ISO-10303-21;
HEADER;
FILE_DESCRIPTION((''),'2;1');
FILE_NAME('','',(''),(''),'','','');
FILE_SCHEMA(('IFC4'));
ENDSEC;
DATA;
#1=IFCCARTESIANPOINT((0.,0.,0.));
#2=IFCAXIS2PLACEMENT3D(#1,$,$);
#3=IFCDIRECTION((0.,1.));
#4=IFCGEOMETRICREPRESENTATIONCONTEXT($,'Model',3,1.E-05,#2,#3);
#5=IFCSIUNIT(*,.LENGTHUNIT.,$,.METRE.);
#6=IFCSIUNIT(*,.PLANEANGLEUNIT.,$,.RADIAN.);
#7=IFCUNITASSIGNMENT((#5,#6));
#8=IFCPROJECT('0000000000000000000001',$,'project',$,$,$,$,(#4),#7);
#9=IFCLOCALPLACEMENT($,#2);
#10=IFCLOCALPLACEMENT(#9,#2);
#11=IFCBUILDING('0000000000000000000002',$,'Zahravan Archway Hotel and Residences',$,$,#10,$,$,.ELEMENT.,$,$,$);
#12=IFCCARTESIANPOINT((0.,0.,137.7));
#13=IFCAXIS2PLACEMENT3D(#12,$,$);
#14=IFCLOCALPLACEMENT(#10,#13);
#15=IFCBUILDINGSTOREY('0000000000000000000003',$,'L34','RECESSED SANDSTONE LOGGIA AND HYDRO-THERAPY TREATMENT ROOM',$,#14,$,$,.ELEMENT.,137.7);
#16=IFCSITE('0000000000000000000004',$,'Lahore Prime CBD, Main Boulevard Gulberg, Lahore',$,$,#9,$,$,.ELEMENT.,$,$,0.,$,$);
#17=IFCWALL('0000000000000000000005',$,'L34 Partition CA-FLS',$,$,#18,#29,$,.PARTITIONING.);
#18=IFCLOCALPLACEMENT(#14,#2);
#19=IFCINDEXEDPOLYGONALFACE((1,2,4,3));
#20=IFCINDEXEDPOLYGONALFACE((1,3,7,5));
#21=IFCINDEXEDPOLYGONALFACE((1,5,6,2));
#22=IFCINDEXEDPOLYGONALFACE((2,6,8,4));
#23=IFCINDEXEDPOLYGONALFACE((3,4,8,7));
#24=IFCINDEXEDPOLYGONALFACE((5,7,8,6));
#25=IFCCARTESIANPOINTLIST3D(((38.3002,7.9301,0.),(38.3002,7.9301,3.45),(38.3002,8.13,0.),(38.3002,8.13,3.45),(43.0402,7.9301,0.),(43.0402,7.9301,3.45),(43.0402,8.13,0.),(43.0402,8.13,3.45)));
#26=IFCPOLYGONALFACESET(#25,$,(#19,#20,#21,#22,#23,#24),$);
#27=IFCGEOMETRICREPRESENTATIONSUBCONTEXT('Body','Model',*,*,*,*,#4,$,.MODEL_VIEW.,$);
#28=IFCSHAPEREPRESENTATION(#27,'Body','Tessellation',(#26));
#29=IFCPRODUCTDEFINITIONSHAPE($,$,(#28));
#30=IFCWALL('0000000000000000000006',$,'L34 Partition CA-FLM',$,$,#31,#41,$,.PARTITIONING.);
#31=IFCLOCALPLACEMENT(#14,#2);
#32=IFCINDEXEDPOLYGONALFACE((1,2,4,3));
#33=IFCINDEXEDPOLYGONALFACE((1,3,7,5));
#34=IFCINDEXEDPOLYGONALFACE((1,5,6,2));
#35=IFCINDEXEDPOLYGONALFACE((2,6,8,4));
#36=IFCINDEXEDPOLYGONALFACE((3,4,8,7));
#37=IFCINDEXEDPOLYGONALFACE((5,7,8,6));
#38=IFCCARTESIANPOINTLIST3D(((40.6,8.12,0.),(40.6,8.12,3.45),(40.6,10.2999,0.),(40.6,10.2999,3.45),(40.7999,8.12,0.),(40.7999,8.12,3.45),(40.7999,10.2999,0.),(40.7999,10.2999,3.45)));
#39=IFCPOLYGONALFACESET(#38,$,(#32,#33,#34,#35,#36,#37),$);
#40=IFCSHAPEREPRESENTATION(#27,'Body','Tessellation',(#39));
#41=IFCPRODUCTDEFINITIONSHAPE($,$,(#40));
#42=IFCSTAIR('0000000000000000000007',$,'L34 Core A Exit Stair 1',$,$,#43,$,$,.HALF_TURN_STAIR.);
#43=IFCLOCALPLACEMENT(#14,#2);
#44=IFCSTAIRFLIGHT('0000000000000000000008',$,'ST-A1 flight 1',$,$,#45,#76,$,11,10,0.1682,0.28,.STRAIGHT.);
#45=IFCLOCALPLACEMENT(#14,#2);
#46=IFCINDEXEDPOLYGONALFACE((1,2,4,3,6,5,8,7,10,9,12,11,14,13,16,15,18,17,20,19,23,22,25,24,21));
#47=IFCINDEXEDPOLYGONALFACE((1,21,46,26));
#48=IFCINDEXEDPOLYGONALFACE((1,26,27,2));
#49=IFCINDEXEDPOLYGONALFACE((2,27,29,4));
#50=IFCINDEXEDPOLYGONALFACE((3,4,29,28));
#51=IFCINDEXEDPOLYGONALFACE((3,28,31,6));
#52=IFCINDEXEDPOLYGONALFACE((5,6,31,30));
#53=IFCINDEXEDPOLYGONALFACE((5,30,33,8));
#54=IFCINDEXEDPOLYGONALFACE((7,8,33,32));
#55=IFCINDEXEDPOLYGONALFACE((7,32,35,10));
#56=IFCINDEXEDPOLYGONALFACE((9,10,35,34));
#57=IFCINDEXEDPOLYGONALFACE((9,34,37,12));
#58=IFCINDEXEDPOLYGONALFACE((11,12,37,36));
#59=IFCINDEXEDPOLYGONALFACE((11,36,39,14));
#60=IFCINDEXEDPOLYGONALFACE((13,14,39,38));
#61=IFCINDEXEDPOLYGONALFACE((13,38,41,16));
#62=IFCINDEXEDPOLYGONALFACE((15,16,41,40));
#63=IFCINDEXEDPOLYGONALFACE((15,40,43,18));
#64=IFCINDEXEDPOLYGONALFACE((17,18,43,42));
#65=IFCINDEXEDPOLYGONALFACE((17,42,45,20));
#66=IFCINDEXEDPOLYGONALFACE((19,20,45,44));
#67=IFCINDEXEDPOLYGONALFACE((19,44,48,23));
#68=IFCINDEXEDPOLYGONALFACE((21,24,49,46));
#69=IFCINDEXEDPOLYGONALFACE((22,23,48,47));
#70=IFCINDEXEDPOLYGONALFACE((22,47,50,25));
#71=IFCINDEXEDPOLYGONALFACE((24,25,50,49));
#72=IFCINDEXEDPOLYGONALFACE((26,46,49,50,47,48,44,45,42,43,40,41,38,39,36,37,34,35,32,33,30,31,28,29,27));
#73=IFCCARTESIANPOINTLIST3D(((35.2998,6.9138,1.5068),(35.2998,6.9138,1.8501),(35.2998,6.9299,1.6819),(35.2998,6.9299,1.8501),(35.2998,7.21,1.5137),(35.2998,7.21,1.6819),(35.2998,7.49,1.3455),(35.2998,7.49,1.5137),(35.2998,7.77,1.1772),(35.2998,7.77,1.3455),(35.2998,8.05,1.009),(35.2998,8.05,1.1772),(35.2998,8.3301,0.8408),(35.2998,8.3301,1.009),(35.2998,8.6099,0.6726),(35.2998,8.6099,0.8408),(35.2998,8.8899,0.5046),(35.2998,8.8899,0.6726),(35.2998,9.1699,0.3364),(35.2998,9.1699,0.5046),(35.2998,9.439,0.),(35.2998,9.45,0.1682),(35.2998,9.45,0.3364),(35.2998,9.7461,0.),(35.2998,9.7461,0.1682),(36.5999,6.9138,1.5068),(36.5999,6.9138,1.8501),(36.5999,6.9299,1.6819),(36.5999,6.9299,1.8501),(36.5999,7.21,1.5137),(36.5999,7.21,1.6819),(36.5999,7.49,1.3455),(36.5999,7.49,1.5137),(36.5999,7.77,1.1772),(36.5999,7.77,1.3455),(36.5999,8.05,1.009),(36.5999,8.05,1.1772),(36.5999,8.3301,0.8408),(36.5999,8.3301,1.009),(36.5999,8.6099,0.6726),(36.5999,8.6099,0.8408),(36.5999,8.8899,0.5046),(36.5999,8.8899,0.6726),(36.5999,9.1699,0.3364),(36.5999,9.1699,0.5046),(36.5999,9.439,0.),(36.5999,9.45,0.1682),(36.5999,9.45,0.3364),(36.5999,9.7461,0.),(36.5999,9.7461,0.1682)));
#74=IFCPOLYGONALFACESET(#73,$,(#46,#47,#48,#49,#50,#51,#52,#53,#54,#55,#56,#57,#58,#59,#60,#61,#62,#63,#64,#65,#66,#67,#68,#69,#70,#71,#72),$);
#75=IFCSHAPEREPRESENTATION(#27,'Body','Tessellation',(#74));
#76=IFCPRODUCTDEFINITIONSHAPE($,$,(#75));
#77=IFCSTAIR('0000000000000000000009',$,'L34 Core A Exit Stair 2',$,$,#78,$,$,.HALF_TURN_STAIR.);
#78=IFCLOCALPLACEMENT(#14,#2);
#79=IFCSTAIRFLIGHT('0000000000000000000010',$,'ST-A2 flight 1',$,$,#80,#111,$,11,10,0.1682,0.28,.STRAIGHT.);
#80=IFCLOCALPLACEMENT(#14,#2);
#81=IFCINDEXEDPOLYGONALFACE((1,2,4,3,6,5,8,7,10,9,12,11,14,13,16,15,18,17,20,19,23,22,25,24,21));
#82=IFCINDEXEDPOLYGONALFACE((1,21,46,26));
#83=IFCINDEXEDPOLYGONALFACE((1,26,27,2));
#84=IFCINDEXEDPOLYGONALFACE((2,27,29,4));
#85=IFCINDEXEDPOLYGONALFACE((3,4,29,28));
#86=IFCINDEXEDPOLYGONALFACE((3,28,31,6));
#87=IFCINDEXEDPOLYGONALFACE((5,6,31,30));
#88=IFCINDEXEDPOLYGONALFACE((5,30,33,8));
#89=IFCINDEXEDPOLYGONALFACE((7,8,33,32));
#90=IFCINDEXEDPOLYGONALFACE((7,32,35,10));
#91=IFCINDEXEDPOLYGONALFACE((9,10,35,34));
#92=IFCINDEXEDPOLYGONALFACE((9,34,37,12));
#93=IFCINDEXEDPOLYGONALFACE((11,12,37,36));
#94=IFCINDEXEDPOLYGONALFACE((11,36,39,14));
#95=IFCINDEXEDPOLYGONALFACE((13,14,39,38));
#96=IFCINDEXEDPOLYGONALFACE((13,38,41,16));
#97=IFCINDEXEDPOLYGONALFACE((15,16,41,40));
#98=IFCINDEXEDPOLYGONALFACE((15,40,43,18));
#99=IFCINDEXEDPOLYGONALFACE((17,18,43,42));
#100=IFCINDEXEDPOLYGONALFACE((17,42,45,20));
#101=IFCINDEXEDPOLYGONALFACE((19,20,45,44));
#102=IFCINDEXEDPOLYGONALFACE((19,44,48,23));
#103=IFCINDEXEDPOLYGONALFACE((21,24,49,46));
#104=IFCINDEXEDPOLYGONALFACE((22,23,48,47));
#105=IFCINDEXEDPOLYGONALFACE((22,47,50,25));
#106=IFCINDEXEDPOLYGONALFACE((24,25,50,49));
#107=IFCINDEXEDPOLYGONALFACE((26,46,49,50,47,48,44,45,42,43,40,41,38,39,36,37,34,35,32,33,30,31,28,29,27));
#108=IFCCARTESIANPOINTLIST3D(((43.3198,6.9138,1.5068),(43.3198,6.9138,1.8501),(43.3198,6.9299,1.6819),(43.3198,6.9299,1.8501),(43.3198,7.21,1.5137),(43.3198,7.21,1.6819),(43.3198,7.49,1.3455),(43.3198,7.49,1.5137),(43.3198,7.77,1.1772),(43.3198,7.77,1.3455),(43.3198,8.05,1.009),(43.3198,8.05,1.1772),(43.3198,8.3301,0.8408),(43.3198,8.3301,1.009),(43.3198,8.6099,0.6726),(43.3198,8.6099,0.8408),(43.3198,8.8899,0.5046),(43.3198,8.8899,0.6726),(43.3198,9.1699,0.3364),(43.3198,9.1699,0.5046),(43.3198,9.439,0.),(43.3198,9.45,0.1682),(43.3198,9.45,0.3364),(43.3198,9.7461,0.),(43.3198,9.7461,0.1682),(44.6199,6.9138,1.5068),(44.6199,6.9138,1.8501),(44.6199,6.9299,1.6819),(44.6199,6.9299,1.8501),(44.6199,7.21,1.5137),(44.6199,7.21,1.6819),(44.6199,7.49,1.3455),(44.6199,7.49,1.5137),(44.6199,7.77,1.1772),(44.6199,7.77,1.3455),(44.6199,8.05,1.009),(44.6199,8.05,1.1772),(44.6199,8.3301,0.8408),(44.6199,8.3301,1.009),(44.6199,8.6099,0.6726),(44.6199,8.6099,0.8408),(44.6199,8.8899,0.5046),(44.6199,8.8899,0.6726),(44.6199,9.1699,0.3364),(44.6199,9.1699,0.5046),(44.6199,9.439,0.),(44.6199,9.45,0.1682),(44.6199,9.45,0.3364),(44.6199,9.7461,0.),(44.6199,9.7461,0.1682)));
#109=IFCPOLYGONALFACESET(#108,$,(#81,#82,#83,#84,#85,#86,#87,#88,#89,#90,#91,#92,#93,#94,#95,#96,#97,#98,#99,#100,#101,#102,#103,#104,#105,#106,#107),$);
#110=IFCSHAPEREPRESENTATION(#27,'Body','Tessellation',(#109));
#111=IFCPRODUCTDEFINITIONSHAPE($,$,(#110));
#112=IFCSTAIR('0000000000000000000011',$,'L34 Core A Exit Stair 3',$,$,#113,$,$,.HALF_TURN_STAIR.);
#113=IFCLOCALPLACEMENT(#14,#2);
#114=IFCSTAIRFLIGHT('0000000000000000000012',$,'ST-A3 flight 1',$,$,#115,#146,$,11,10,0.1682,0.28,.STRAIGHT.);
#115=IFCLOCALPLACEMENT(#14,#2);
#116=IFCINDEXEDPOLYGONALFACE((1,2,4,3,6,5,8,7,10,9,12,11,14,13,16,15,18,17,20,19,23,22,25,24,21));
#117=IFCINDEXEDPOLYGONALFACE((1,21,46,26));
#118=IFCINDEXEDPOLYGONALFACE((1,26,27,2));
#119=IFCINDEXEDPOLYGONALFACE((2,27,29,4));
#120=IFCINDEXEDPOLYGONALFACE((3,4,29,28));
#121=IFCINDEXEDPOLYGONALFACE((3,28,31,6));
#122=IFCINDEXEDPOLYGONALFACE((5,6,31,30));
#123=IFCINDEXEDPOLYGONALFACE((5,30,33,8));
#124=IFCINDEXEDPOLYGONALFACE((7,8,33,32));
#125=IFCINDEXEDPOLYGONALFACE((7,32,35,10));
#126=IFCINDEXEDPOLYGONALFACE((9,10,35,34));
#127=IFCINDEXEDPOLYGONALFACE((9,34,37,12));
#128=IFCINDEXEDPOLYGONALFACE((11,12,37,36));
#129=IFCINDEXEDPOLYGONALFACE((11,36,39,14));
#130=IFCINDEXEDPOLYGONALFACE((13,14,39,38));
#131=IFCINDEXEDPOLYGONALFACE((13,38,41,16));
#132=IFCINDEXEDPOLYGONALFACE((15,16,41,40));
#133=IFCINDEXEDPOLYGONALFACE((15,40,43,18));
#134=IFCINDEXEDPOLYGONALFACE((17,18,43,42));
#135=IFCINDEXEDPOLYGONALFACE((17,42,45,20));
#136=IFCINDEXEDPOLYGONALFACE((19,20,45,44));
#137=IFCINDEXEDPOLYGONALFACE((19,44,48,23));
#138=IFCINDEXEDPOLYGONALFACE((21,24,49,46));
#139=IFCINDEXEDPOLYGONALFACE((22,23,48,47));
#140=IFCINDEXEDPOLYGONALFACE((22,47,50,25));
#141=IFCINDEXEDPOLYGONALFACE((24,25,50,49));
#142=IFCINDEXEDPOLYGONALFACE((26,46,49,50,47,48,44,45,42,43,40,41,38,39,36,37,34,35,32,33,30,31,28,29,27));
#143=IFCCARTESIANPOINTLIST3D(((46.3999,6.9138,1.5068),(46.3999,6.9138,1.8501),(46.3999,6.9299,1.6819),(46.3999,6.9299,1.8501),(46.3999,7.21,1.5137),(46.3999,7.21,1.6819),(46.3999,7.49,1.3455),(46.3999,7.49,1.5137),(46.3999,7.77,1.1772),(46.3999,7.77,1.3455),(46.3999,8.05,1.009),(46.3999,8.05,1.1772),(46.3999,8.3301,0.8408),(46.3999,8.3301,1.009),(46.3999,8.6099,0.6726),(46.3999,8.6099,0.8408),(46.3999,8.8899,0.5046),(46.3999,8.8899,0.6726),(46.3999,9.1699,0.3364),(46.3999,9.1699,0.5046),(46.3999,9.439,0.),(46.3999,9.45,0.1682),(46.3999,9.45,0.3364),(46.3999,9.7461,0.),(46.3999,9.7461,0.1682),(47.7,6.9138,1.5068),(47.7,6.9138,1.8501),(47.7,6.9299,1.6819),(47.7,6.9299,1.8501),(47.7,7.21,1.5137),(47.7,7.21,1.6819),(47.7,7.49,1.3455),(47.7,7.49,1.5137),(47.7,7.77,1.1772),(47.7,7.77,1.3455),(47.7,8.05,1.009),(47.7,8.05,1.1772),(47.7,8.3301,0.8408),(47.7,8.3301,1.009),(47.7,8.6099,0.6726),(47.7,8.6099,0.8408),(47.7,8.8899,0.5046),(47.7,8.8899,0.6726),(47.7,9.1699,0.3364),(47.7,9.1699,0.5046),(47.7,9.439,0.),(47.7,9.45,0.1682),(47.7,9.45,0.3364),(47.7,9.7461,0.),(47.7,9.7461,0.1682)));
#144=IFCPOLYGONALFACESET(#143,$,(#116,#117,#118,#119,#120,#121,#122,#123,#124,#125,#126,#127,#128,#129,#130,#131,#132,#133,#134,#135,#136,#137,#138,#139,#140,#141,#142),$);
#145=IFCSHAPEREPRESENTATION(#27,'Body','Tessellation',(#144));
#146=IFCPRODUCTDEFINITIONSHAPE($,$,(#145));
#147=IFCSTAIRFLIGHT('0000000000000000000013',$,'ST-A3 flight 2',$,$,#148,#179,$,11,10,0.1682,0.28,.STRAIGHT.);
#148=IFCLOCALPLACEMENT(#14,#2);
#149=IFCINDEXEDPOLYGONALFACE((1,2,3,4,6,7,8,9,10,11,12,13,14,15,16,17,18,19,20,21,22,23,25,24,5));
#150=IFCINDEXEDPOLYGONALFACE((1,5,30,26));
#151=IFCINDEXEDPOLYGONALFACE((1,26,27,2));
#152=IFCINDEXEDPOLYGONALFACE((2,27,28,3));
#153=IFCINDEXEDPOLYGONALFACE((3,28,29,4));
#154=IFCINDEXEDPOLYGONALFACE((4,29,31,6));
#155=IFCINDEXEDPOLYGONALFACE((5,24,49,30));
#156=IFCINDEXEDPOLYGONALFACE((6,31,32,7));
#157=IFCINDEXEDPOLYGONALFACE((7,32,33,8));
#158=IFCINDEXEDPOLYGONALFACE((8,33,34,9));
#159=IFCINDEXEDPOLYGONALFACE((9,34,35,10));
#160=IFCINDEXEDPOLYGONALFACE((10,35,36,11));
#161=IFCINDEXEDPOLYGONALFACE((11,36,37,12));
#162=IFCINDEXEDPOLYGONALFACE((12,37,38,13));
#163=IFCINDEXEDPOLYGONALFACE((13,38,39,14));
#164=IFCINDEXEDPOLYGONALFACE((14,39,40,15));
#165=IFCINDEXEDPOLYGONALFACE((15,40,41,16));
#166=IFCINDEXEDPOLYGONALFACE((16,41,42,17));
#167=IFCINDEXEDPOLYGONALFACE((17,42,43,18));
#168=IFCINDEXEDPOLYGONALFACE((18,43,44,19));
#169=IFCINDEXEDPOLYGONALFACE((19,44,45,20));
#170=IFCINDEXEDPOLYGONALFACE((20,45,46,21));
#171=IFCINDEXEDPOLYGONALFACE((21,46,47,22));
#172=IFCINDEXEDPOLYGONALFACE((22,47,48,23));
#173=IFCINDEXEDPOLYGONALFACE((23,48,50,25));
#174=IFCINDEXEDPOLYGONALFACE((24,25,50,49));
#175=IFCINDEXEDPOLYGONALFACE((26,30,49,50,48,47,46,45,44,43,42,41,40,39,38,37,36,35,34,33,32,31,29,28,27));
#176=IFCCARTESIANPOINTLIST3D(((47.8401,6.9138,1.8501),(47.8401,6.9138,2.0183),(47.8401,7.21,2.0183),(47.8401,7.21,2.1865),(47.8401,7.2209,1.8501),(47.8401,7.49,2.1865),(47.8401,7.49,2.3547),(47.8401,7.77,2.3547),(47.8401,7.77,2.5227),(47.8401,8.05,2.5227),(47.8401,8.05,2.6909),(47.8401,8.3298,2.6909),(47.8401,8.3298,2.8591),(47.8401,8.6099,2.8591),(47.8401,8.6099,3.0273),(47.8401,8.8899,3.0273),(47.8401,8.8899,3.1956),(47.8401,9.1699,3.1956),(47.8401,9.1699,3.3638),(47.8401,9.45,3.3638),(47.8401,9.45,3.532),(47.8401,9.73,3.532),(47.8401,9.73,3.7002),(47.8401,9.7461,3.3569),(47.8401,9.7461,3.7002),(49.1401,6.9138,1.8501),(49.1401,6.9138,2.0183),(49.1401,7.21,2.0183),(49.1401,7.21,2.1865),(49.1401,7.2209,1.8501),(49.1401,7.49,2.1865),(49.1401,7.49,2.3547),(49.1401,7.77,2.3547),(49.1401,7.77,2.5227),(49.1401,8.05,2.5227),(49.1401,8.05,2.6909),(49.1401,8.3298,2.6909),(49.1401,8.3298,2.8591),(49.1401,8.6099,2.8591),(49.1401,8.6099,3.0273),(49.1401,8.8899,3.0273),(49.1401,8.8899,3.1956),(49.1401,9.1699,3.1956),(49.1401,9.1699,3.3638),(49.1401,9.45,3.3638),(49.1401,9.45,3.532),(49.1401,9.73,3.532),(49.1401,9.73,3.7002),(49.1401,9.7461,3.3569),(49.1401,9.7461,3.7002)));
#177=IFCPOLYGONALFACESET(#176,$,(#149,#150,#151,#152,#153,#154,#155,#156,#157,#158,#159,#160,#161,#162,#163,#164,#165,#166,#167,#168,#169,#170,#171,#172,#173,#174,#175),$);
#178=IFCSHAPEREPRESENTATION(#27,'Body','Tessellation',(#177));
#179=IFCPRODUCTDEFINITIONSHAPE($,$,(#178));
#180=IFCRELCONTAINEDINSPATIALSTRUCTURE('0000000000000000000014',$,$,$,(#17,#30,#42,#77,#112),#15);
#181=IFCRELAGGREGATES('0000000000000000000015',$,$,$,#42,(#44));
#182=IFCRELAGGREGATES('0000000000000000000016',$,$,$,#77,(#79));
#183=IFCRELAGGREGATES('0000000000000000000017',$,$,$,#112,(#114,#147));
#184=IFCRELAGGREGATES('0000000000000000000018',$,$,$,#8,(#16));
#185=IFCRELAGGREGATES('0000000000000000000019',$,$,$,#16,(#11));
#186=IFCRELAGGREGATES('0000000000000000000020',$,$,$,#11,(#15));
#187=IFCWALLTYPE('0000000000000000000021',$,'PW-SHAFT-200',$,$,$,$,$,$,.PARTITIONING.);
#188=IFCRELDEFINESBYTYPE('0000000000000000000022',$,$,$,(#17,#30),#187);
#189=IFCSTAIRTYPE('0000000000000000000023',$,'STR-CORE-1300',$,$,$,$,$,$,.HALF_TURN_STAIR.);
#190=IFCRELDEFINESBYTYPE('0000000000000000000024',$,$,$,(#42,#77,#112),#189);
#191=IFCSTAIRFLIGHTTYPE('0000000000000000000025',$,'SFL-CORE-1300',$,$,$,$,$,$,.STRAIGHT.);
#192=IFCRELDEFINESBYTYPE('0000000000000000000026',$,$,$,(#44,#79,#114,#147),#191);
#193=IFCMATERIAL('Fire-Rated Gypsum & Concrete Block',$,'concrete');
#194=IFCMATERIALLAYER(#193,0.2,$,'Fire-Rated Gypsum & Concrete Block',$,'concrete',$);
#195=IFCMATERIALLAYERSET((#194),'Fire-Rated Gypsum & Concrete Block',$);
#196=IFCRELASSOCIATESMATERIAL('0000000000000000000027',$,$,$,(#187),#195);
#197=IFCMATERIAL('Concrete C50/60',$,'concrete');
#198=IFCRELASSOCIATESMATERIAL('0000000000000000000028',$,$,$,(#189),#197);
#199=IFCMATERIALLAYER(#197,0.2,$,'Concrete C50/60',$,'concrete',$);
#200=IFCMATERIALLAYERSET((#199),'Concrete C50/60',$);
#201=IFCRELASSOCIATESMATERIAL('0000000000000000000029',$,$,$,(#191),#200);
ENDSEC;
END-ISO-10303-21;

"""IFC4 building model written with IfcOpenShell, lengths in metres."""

from ifc_helpers import new_model, si_unit, direction, frame, frame_2d, origin, place, context, subcontext, project, spatial, polyline, rectangle, outline, extrude, source, transform, mapped, material, layer, layer_set, type_object, element, aggregate, save


model = new_model("IFC4")

# Units and contexts
model_context = context("Model", 3, precision=1e-05, world=origin(), true_north=direction((0.0, 1.0)))
body_context = subcontext(model_context, "Body", "Model", "MODEL_VIEW")
ifc_project = project(units=[si_unit("LENGTHUNIT", "METRE"), si_unit("PLANEANGLEUNIT", "RADIAN")], contexts=[model_context])

# Site, building, storey
site_placement = place(None, origin())
site = spatial("IfcSite", under=ifc_project, at=site_placement, Name="Lahore Prime CBD, Main Boulevard Gulberg, Lahore", CompositionType="ELEMENT", RefElevation=0.0)
building_placement = place(site_placement, origin())
building = spatial("IfcBuilding", under=site, at=building_placement, Name="Zahravan Archway Hotel and Residences", CompositionType="ELEMENT")
storey_placement = place(building_placement, frame((0.0, 0.0, 137.7)))
storey = spatial("IfcBuildingStorey", under=building, at=storey_placement, Name="L34", Description="RECESSED SANDSTONE LOGGIA AND HYDRO-THERAPY TREATMENT ROOM", CompositionType="ELEMENT", Elevation=137.7)

# Walls
ifc_material_1 = material(Name="Fire-Rated Gypsum & Concrete Block", Category="concrete")
ifc_layer_1 = layer(ifc_material_1, 0.2, Name="Fire-Rated Gypsum & Concrete Block", Category="concrete")
ifc_layer_set_1 = layer_set([ifc_layer_1], Name="Fire-Rated Gypsum & Concrete Block")
wall_type = type_object("IfcWallType", Name="PW-SHAFT-200", PredefinedType="PARTITIONING", material=ifc_layer_set_1)
wall_1_placement = place(storey_placement, frame((38.3, 8.03, 0.0), z_axis=(0.0, 0.0, 1.0), x_axis=(1.0, 0.0, 0.0)))
element("IfcWall", 1, at=wall_1_placement, inside=storey, type_object=wall_type, Name="L34 Partition CA-FLS", PredefinedType="PARTITIONING", context=body_context, shape_type="SweptSolid", body=[
    extrude(rectangle(XDim=4.74, YDim=0.2, at=frame_2d((2.3701, 0.0))), origin(), (0.0, 0.0, 1.0), 3.45),
])
wall_2_placement = place(storey_placement, frame((40.7, 8.1201, 0.0), z_axis=(0.0, 0.0, 1.0), x_axis=(0.0, 1.0, 0.0)))
element("IfcWall", 2, at=wall_2_placement, inside=storey, type_object=wall_type, Name="L34 Partition CA-FLM", PredefinedType="PARTITIONING", context=body_context, shape_type="SweptSolid", body=[
    extrude(rectangle(XDim=2.1799, YDim=0.2, at=frame_2d((1.0898, 0.0))), origin(), (0.0, 0.0, 1.0), 3.45),
])

# Stairs, stair flights
ifc_material_2 = material(Name="Concrete C50/60", Category="concrete")
stair_type = type_object("IfcStairType", Name="STR-CORE-1300", PredefinedType="HALF_TURN_STAIR", material=ifc_material_2)
stair_1_placement = place(storey_placement, origin())
stair_1 = element("IfcStair", 3, at=stair_1_placement, inside=storey, type_object=stair_type, Name="L34 Core A Exit Stair 1", PredefinedType="HALF_TURN_STAIR")
ifc_layer_2 = layer(ifc_material_2, 0.2, Name="Concrete C50/60", Category="concrete")
ifc_layer_set_2 = layer_set([ifc_layer_2], Name="Concrete C50/60")
stair_flight_type = type_object("IfcStairFlightType", Name="SFL-CORE-1300", PredefinedType="STRAIGHT", material=ifc_layer_set_2)
shared_shape = source(origin(), body_context, "Body", "SweptSolid", [
    extrude(outline(polyline([(-0.0161, 0.0), (-0.0161, 0.1682), (0.28, 0.1682), (0.28, 0.3364), (0.5601, 0.3364), (0.5601, 0.5046), (0.8401, 0.5046), (0.8401, 0.6726), (1.1201, 0.6726), (1.1201, 0.8408), (1.3999, 0.8408), (1.3999, 1.009), (1.6799, 1.009), (1.6799, 1.1772), (1.96, 1.1772), (1.96, 1.3455), (2.24, 1.3455), (2.24, 1.5137), (2.52, 1.5137), (2.52, 1.6819), (2.8, 1.6819), (2.8, 1.8501), (2.8162, 1.8501), (2.8162, 1.5068), (0.291, 0.0), (-0.0161, 0.0)])), frame((0.0, 0.6499, 0.0), z_axis=(0.0, -1.0, 0.0), x_axis=(1.0, 0.0, 0.0)), (0.0, 0.0, 1.0), 1.3),
])
stair_flight_1_placement = place(storey_placement, frame((35.95, 9.73, 0.0), z_axis=(0.0, 0.0, 1.0), x_axis=(0.0, -1.0, 0.0)))
stair_flight_1 = element("IfcStairFlight", 4, at=stair_flight_1_placement, type_object=stair_flight_type, Name="ST-A1 flight 1", NumberOfRisers=11, NumberOfTreads=10, PredefinedType="STRAIGHT", RiserHeight=0.1682, TreadLength=0.28, context=body_context, shape_type="MappedRepresentation", body=[
    mapped(shared_shape, transform((0.0, 0.0, 0.0), scale=1.0)),
])
aggregate(stair_1, [stair_flight_1])
stair_2_placement = place(storey_placement, origin())
stair_2 = element("IfcStair", 5, at=stair_2_placement, inside=storey, type_object=stair_type, Name="L34 Core A Exit Stair 2", PredefinedType="HALF_TURN_STAIR")
stair_flight_2_placement = place(storey_placement, frame((43.97, 9.73, 0.0), z_axis=(0.0, 0.0, 1.0), x_axis=(0.0, -1.0, 0.0)))
stair_flight_2 = element("IfcStairFlight", 6, at=stair_flight_2_placement, type_object=stair_flight_type, Name="ST-A2 flight 1", NumberOfRisers=11, NumberOfTreads=10, PredefinedType="STRAIGHT", RiserHeight=0.1682, TreadLength=0.28, context=body_context, shape_type="MappedRepresentation", body=[
    mapped(shared_shape, transform((0.0, 0.0, 0.0), scale=1.0)),
])
aggregate(stair_2, [stair_flight_2])

# Stair, stair flights
stair_3_placement = place(storey_placement, origin())
stair_3 = element("IfcStair", 7, at=stair_3_placement, inside=storey, type_object=stair_type, Name="L34 Core A Exit Stair 3", PredefinedType="HALF_TURN_STAIR")
stair_flight_3_placement = place(storey_placement, frame((47.05, 9.73, 0.0), z_axis=(0.0, 0.0, 1.0), x_axis=(0.0, -1.0, 0.0)))
stair_flight_3 = element("IfcStairFlight", 8, at=stair_flight_3_placement, type_object=stair_flight_type, Name="ST-A3 flight 1", NumberOfRisers=11, NumberOfTreads=10, PredefinedType="STRAIGHT", RiserHeight=0.1682, TreadLength=0.28, context=body_context, shape_type="MappedRepresentation", body=[
    mapped(shared_shape, transform((0.0, 0.0, 0.0), scale=1.0)),
])
stair_flight_4_placement = place(storey_placement, frame((48.49, 6.9299, 1.8501), z_axis=(0.0, 0.0, 1.0), x_axis=(0.0, 1.0, 0.0)))
stair_flight_4 = element("IfcStairFlight", 9, at=stair_flight_4_placement, type_object=stair_flight_type, Name="ST-A3 flight 2", NumberOfRisers=11, NumberOfTreads=10, PredefinedType="STRAIGHT", RiserHeight=0.1682, TreadLength=0.28, context=body_context, shape_type="MappedRepresentation", body=[
    mapped(shared_shape, transform((0.0, 0.0, 0.0), scale=1.0)),
])
aggregate(stair_3, [stair_flight_3, stair_flight_4])

save(model, "model.ifc")
